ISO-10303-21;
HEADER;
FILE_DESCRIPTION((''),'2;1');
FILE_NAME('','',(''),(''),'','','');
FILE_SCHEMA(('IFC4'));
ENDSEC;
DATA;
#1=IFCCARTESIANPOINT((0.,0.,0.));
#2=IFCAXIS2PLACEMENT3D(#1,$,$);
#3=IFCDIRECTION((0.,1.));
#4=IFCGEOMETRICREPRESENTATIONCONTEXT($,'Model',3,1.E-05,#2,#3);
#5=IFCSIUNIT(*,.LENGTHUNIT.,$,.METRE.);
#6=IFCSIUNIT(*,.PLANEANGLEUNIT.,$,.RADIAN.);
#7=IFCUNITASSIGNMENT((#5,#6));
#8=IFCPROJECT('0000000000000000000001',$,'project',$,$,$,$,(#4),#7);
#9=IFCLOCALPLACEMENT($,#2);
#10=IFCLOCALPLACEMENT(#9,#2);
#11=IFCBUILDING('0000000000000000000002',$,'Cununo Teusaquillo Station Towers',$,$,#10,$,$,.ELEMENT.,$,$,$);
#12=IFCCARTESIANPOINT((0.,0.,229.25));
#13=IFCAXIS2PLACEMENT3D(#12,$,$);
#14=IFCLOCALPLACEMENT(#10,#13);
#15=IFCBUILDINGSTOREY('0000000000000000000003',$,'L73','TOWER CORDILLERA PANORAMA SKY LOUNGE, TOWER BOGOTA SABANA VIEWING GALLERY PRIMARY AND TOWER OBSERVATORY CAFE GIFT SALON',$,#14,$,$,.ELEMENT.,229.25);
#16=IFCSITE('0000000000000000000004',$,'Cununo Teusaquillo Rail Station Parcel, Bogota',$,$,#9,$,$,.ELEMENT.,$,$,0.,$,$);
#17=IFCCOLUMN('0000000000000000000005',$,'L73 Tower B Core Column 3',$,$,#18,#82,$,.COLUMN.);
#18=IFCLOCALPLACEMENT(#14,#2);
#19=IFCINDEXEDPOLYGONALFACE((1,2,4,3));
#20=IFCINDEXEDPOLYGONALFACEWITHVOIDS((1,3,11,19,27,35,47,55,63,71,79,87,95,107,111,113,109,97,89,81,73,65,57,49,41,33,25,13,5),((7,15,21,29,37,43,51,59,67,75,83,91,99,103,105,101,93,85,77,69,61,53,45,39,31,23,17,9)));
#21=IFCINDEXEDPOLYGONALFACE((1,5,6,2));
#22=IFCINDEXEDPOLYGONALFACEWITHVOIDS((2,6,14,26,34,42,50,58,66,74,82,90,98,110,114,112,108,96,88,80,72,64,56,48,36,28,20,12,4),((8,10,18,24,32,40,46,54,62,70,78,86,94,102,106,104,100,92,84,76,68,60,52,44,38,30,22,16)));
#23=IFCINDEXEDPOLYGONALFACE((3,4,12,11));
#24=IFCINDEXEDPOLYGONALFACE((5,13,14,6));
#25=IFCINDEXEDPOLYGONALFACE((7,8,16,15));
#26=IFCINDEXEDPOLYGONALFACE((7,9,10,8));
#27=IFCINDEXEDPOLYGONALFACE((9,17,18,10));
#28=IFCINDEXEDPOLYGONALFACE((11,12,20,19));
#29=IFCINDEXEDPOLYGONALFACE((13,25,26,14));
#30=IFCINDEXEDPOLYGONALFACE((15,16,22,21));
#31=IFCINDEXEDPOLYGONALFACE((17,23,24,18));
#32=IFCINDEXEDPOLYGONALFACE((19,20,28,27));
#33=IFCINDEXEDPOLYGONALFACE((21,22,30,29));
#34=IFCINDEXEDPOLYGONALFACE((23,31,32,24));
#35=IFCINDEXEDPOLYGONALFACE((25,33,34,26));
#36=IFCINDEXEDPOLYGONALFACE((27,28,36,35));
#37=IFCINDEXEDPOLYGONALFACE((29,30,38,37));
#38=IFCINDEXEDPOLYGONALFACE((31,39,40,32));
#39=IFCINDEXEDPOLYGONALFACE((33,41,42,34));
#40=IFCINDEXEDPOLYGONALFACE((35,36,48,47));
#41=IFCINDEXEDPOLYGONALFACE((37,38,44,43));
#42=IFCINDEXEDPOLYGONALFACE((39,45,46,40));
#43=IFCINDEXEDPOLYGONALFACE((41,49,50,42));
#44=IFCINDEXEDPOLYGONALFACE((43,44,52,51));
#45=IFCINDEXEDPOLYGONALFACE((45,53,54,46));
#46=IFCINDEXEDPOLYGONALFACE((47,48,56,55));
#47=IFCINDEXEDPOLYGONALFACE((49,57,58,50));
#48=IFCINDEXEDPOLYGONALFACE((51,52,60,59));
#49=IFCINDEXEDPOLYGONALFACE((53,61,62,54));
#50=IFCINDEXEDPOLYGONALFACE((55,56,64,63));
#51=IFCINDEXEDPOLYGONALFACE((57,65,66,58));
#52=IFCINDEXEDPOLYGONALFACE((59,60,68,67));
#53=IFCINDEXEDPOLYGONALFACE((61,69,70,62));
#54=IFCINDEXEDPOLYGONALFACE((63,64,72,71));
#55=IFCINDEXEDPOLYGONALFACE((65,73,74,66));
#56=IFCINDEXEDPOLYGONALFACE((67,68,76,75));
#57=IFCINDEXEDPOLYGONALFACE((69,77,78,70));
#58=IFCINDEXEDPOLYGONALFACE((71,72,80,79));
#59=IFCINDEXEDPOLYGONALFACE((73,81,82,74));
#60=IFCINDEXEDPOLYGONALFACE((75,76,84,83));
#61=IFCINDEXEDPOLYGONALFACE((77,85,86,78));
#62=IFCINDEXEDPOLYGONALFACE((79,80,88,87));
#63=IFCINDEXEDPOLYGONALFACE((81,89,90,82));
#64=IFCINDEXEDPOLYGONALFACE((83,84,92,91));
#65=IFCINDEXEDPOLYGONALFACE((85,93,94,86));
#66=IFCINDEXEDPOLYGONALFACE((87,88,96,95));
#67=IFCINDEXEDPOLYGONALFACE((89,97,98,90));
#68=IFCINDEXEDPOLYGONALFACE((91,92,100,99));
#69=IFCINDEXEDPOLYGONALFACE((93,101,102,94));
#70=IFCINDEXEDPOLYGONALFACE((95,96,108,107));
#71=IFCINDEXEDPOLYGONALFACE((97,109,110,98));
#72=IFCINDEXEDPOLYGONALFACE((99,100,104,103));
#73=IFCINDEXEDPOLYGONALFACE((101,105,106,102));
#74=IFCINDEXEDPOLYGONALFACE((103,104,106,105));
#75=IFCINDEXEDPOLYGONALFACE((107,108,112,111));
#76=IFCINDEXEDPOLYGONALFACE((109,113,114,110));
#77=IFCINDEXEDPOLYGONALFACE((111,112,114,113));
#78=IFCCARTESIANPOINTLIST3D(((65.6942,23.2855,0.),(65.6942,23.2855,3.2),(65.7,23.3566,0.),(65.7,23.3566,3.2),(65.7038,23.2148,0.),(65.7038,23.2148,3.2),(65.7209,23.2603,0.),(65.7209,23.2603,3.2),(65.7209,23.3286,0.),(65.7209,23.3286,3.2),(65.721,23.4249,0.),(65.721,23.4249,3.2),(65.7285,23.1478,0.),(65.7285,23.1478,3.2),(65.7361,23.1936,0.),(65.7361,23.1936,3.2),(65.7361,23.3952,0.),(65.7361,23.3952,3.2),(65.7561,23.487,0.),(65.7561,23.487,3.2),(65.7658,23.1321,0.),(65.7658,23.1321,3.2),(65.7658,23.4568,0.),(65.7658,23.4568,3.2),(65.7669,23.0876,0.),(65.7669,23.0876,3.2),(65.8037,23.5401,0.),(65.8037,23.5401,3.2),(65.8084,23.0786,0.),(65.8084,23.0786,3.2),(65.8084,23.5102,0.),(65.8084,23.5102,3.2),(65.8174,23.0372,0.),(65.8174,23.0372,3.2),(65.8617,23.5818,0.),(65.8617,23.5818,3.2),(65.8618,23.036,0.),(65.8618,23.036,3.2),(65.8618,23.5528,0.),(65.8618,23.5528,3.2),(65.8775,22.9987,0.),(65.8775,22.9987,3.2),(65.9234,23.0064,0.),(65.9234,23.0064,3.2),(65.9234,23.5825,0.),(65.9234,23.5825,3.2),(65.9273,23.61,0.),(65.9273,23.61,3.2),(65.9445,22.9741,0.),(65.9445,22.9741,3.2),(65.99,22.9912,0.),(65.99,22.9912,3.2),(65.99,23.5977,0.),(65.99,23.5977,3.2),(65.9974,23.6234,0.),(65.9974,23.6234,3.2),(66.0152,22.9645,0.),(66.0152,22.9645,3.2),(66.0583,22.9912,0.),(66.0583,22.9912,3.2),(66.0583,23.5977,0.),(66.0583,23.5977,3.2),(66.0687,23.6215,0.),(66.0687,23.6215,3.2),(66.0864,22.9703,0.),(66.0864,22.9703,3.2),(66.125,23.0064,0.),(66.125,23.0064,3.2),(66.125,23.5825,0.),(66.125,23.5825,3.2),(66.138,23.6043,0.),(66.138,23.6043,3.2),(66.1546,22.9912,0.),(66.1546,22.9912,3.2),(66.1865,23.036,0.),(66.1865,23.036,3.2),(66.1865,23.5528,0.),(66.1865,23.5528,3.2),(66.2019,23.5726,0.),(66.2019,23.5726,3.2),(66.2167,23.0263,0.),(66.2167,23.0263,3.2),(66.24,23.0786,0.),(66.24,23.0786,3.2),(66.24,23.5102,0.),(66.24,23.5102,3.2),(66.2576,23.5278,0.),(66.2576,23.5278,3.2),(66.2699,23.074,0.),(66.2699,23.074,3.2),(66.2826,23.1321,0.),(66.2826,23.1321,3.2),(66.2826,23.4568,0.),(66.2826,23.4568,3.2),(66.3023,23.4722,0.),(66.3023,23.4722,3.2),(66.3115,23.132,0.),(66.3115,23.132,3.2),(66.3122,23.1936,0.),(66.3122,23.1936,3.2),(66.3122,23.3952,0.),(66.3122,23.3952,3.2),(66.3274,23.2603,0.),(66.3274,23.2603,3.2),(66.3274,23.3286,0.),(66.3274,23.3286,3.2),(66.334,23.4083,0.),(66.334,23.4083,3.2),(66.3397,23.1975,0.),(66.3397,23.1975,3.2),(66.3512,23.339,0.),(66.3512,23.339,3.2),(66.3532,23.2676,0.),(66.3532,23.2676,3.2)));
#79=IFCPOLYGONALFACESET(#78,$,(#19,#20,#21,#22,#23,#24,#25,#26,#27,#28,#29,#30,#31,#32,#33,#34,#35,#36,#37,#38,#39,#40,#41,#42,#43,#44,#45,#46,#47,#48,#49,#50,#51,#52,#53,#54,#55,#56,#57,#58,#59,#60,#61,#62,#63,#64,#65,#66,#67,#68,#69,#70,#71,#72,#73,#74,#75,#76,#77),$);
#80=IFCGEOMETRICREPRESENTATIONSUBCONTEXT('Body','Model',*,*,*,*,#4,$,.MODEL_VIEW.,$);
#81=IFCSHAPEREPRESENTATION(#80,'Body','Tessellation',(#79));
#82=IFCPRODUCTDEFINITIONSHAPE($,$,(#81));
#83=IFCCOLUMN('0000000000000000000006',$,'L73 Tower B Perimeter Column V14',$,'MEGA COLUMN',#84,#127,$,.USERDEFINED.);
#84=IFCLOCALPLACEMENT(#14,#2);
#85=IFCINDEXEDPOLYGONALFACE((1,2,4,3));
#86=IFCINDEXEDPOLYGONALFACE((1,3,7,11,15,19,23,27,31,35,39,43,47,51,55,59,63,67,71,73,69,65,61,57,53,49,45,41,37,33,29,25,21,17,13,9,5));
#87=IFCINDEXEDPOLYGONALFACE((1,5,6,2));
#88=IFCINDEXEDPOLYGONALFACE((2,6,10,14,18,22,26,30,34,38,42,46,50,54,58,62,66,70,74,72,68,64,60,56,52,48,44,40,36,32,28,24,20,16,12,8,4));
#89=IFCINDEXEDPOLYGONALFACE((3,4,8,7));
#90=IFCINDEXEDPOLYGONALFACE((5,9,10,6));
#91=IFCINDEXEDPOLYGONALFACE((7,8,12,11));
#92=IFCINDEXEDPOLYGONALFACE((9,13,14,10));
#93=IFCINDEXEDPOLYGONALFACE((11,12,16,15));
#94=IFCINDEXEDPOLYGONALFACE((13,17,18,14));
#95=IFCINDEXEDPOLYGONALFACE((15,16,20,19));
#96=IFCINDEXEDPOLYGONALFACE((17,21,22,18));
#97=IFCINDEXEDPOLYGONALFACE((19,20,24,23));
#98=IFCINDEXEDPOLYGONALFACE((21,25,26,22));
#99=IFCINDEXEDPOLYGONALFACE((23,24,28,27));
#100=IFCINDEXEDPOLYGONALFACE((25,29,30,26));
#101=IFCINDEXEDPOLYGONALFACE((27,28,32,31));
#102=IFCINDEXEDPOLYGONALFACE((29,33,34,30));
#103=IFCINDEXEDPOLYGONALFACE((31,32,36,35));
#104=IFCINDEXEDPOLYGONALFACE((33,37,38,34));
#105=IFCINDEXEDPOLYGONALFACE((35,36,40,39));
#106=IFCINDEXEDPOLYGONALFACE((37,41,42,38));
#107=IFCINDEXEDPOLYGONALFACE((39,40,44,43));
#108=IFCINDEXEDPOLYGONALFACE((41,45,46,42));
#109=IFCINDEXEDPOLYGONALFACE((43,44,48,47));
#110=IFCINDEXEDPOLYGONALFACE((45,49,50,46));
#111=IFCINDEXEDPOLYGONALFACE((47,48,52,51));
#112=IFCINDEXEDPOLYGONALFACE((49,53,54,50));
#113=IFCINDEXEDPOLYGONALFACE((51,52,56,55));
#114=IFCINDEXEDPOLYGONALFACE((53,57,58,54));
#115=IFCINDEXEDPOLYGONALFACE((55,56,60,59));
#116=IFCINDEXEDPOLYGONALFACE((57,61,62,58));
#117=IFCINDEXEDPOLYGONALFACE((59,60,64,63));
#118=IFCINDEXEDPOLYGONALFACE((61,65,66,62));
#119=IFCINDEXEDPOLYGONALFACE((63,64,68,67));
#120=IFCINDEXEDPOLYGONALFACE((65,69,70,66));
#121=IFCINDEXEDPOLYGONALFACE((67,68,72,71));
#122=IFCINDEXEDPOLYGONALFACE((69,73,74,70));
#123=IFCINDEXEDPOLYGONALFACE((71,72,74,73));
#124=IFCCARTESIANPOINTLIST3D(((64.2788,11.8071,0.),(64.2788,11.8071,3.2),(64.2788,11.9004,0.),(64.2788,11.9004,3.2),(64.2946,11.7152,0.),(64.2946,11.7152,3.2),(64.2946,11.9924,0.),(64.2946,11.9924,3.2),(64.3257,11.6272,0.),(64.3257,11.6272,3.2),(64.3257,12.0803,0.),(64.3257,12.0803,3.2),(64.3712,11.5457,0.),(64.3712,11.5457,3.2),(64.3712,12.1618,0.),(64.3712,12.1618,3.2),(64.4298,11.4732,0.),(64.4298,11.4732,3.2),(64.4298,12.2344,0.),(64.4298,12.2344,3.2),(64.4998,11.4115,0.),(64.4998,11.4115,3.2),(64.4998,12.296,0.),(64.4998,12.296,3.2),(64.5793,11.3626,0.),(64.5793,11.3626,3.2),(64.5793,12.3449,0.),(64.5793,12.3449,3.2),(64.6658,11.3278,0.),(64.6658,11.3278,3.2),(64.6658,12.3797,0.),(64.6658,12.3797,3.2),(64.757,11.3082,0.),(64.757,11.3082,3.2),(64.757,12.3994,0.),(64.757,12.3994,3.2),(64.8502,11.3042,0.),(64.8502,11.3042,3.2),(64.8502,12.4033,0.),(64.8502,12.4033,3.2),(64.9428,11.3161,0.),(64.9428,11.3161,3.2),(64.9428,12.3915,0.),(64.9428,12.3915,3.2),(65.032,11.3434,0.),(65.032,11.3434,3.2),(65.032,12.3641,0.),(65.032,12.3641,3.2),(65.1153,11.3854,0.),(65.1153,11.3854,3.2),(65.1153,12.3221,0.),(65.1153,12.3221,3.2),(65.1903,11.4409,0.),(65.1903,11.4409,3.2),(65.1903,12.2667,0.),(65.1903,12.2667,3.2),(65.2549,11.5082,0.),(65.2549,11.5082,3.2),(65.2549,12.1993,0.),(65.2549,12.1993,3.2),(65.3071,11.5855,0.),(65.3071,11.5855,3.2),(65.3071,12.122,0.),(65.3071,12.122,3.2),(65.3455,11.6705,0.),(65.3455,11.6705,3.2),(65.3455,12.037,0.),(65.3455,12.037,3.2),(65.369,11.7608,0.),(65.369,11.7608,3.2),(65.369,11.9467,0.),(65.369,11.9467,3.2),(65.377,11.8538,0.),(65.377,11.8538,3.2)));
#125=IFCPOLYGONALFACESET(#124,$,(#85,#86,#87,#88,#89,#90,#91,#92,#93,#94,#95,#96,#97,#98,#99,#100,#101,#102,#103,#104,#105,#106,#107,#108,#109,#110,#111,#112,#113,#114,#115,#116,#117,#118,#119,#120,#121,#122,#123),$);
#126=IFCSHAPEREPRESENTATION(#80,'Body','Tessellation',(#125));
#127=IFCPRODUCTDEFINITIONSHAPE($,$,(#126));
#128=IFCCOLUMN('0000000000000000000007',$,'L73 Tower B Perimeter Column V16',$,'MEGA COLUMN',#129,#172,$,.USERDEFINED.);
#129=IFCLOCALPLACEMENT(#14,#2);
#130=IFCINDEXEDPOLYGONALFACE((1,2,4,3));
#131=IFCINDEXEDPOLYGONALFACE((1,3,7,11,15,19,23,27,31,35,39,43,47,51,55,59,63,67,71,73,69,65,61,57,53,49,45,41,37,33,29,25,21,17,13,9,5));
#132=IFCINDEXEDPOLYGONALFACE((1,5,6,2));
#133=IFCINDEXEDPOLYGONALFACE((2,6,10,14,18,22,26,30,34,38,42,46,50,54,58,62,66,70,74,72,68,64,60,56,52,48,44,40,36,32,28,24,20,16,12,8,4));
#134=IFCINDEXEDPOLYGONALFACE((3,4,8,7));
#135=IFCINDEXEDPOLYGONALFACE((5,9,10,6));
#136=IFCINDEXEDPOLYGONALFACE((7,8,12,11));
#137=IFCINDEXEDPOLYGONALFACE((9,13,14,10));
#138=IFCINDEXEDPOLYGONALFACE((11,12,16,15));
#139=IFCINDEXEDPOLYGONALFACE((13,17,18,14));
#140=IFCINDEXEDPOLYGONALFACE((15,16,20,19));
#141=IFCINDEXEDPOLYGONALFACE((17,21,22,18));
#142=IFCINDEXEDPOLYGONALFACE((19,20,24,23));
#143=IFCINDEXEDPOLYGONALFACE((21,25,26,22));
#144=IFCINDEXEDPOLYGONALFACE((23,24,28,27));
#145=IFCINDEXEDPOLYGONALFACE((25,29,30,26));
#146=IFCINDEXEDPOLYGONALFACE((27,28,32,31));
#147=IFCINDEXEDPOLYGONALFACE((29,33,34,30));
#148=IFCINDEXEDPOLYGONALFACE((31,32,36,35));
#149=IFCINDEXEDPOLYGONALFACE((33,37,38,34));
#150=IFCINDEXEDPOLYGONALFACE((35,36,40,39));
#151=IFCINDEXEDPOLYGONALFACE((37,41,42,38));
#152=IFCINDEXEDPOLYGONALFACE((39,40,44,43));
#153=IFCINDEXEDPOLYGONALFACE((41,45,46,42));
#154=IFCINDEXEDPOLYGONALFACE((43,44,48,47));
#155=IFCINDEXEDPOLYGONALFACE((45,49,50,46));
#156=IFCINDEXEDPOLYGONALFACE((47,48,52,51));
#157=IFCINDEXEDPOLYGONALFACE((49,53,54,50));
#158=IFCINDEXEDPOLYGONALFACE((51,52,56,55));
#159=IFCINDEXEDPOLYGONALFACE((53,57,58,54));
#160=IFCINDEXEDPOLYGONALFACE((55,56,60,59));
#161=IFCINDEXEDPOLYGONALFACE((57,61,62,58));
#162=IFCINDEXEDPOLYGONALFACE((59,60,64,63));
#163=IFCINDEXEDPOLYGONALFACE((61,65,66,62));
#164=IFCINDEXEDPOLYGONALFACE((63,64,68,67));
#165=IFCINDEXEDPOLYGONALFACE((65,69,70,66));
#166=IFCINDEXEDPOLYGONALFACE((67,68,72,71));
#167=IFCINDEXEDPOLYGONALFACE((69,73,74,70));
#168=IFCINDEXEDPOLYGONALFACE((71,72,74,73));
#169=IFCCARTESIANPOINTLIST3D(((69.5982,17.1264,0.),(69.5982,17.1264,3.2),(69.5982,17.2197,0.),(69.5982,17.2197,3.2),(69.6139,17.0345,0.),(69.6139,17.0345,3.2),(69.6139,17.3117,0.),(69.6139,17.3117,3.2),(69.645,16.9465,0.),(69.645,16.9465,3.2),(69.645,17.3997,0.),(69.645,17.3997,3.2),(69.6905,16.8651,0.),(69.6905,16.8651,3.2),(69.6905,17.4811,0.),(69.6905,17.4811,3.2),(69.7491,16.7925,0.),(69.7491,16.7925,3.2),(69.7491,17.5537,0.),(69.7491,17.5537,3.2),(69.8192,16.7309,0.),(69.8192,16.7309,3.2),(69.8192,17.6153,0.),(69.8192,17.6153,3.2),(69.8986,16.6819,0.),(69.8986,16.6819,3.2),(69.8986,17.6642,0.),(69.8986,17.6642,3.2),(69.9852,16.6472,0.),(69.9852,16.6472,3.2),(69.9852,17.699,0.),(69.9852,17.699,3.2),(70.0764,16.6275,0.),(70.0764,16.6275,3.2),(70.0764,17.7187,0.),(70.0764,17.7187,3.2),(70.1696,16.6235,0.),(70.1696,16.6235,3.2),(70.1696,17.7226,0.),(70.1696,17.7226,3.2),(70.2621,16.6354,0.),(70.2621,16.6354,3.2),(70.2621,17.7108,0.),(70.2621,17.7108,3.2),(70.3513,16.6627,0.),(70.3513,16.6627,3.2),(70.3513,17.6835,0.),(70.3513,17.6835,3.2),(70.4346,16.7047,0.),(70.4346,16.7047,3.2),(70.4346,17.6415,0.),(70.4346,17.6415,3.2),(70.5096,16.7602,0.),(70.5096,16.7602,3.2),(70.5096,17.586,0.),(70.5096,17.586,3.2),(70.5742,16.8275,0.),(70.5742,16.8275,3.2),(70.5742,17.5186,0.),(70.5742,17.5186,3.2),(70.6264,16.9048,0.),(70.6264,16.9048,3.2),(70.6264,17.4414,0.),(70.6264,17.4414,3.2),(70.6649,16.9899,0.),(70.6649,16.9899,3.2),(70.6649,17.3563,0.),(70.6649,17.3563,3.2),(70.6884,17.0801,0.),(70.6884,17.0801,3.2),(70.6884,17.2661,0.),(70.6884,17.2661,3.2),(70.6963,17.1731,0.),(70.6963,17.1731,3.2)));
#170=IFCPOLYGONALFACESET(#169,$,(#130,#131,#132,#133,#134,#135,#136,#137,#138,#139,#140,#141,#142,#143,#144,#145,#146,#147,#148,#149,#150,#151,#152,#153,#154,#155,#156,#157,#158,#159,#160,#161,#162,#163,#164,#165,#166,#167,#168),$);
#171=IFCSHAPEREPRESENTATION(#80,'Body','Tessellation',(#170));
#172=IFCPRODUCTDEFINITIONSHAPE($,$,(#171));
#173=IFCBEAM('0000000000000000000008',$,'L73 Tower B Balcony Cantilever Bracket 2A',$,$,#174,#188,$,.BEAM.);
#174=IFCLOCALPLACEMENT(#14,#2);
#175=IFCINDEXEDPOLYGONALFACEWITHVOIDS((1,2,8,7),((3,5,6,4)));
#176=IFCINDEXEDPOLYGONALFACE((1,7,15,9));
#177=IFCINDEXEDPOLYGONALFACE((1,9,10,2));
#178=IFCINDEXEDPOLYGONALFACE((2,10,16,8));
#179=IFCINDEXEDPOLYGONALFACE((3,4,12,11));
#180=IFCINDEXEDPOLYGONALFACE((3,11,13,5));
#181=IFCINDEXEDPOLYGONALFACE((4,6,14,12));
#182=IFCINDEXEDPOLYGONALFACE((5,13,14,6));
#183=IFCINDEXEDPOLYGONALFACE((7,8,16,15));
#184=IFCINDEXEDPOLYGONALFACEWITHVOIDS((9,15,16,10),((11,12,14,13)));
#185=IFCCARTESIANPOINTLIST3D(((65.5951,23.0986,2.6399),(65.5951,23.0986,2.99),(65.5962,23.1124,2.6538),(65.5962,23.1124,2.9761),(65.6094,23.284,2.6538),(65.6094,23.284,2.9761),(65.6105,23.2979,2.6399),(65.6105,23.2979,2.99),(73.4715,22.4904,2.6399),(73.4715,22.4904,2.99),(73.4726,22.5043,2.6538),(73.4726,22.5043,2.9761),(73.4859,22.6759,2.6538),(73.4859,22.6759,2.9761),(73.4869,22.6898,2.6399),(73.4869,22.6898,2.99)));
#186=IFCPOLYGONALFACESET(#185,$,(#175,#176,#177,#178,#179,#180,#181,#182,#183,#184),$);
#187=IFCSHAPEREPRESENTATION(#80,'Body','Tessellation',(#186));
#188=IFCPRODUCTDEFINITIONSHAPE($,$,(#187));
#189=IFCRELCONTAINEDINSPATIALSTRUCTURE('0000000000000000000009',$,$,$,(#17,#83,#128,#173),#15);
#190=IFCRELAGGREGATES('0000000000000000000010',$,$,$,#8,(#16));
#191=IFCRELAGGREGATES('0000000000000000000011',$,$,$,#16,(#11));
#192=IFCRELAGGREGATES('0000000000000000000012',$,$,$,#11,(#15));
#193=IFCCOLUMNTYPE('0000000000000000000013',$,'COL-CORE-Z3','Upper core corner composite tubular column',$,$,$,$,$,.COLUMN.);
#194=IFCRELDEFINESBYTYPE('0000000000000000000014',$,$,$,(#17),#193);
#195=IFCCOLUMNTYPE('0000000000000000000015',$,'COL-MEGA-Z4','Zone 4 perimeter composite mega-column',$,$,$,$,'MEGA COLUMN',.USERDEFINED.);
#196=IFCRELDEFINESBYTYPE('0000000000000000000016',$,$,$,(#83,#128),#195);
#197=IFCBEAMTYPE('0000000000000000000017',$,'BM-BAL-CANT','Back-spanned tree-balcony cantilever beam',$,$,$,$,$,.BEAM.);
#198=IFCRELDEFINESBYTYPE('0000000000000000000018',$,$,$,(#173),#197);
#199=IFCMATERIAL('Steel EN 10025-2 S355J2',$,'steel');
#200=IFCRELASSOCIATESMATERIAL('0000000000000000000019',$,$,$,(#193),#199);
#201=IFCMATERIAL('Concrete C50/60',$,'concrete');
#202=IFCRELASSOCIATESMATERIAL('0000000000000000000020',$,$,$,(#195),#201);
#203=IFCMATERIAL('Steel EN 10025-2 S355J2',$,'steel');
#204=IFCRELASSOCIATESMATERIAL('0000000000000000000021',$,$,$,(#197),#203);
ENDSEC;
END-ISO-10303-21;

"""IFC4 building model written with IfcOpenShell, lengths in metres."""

from ifc_helpers import new_model, si_unit, direction, frame, origin, origin_2d, place, context, subcontext, project, spatial, hollow_rectangle, circle, hollow_circle, extrude, material, material_profile, profile_set, type_object, element, save


model = new_model("IFC4")

# Units and contexts
model_context = context("Model", 3, precision=1e-05, world=origin(), true_north=direction((0.0, 1.0)))
body_context = subcontext(model_context, "Body", "Model", "MODEL_VIEW")
ifc_project = project(units=[si_unit("LENGTHUNIT", "METRE"), si_unit("PLANEANGLEUNIT", "RADIAN")], contexts=[model_context])

# Site, building, storey
site_placement = place(None, origin())
site = spatial("IfcSite", under=ifc_project, at=site_placement, Name="Cununo Teusaquillo Rail Station Parcel, Bogota", CompositionType="ELEMENT", RefElevation=0.0)
building_placement = place(site_placement, origin())
building = spatial("IfcBuilding", under=site, at=building_placement, Name="Cununo Teusaquillo Station Towers", CompositionType="ELEMENT")
storey_placement = place(building_placement, frame((0.0, 0.0, 229.25)))
storey = spatial("IfcBuildingStorey", under=building, at=storey_placement, Name="L73", Description="TOWER CORDILLERA PANORAMA SKY LOUNGE, TOWER BOGOTA SABANA VIEWING GALLERY PRIMARY AND TOWER OBSERVATORY CAFE GIFT SALON", CompositionType="ELEMENT", Elevation=229.25)

# Columns
ifc_material_1 = material(Name="Steel EN 10025-2 S355J2", Category="steel")
ifc_material_profile_1 = material_profile(ifc_material_1, hollow_circle(Radius=0.3301, WallThickness=0.0249, at=origin_2d()), Name="CHS 660x25")
ifc_profile_set_1 = profile_set([ifc_material_profile_1], Name="Steel EN 10025-2 S355J2")
column_type_1 = type_object("IfcColumnType", Name="COL-CORE-Z3", Description="Upper core corner composite tubular column", PredefinedType="COLUMN", material=ifc_profile_set_1)
column_placement = place(storey_placement, frame((66.0242, 23.2944, 0.0), z_axis=(0.0, 0.0, 1.0), x_axis=(0.707107, 0.707107, 0.0)))
element("IfcColumn", 1, at=column_placement, inside=storey, type_object=column_type_1, Name="L73 Tower B Core Column 3", PredefinedType="COLUMN", context=body_context, shape_type="SweptSolid", body=[
    extrude(hollow_circle(Radius=0.3301, WallThickness=0.0249, at=origin_2d()), origin(), (0.0, 0.0, 1.0), 3.2),
])
ifc_material_2 = material(Name="Concrete C50/60", Category="concrete")
ifc_material_profile_2 = material_profile(ifc_material_2, circle(Radius=0.55, at=origin_2d()), Name="RC-CIRC-1100")
ifc_profile_set_2 = profile_set([ifc_material_profile_2], Name="Concrete C50/60")
column_type_2 = type_object("IfcColumnType", Name="COL-MEGA-Z4", Description="Zone 4 perimeter composite mega-column", ElementType="MEGA COLUMN", PredefinedType="USERDEFINED", material=ifc_profile_set_2)
for number, where, z_axis, x_axis, name in (
    (2, (64.8269, 11.8538, 0.0), (0.0, 0.0, 1.0), (1.0, 0.0, 0.0), "L73 Tower B Perimeter Column V14"),
    (3, (70.1462, 17.1731, 0.0), (0.0, 0.0, 1.0), (1.0, 0.0, 0.0), "L73 Tower B Perimeter Column V16"),
):
    element("IfcColumn", number, at=place(storey_placement, frame(where, z_axis=z_axis, x_axis=x_axis)), inside=storey, type_object=column_type_2, Name=name, ObjectType="MEGA COLUMN", PredefinedType="USERDEFINED", context=body_context, shape_type="SweptSolid", body=[
        extrude(circle(Radius=0.55, at=origin_2d()), origin(), (0.0, 0.0, 1.0), 3.2),
    ])

# Beam
ifc_material_3 = material(Name="Steel EN 10025-2 S355J2", Category="steel")
ifc_material_profile_3 = material_profile(ifc_material_3, hollow_rectangle(XDim=0.2, YDim=0.3501, WallThickness=0.0139, at=origin_2d()), Name="RHS 350x200x14")
ifc_profile_set_3 = profile_set([ifc_material_profile_3], Name="Steel EN 10025-2 S355J2")
beam_type_1 = type_object("IfcBeamType", Name="BM-BAL-CANT", Description="Back-spanned tree-balcony cantilever beam", PredefinedType="BEAM", material=ifc_profile_set_3)
beam_1_placement = place(storey_placement, frame((65.6028, 23.1982, 2.8149), z_axis=(0.997032, -0.076982, 0.0), x_axis=(0.076982, 0.997032, 0.0)))
element("IfcBeam", 4, at=beam_1_placement, inside=storey, type_object=beam_type_1, Name="L73 Tower B Balcony Cantilever Bracket 2A", PredefinedType="BEAM", context=body_context, shape_type="SweptSolid", body=[
    extrude(hollow_rectangle(XDim=0.2, YDim=0.3501, WallThickness=0.0139, at=origin_2d()), origin(), (0.0, 0.0, 1.0), 7.8999),
])

save(model, "model.ifc")
